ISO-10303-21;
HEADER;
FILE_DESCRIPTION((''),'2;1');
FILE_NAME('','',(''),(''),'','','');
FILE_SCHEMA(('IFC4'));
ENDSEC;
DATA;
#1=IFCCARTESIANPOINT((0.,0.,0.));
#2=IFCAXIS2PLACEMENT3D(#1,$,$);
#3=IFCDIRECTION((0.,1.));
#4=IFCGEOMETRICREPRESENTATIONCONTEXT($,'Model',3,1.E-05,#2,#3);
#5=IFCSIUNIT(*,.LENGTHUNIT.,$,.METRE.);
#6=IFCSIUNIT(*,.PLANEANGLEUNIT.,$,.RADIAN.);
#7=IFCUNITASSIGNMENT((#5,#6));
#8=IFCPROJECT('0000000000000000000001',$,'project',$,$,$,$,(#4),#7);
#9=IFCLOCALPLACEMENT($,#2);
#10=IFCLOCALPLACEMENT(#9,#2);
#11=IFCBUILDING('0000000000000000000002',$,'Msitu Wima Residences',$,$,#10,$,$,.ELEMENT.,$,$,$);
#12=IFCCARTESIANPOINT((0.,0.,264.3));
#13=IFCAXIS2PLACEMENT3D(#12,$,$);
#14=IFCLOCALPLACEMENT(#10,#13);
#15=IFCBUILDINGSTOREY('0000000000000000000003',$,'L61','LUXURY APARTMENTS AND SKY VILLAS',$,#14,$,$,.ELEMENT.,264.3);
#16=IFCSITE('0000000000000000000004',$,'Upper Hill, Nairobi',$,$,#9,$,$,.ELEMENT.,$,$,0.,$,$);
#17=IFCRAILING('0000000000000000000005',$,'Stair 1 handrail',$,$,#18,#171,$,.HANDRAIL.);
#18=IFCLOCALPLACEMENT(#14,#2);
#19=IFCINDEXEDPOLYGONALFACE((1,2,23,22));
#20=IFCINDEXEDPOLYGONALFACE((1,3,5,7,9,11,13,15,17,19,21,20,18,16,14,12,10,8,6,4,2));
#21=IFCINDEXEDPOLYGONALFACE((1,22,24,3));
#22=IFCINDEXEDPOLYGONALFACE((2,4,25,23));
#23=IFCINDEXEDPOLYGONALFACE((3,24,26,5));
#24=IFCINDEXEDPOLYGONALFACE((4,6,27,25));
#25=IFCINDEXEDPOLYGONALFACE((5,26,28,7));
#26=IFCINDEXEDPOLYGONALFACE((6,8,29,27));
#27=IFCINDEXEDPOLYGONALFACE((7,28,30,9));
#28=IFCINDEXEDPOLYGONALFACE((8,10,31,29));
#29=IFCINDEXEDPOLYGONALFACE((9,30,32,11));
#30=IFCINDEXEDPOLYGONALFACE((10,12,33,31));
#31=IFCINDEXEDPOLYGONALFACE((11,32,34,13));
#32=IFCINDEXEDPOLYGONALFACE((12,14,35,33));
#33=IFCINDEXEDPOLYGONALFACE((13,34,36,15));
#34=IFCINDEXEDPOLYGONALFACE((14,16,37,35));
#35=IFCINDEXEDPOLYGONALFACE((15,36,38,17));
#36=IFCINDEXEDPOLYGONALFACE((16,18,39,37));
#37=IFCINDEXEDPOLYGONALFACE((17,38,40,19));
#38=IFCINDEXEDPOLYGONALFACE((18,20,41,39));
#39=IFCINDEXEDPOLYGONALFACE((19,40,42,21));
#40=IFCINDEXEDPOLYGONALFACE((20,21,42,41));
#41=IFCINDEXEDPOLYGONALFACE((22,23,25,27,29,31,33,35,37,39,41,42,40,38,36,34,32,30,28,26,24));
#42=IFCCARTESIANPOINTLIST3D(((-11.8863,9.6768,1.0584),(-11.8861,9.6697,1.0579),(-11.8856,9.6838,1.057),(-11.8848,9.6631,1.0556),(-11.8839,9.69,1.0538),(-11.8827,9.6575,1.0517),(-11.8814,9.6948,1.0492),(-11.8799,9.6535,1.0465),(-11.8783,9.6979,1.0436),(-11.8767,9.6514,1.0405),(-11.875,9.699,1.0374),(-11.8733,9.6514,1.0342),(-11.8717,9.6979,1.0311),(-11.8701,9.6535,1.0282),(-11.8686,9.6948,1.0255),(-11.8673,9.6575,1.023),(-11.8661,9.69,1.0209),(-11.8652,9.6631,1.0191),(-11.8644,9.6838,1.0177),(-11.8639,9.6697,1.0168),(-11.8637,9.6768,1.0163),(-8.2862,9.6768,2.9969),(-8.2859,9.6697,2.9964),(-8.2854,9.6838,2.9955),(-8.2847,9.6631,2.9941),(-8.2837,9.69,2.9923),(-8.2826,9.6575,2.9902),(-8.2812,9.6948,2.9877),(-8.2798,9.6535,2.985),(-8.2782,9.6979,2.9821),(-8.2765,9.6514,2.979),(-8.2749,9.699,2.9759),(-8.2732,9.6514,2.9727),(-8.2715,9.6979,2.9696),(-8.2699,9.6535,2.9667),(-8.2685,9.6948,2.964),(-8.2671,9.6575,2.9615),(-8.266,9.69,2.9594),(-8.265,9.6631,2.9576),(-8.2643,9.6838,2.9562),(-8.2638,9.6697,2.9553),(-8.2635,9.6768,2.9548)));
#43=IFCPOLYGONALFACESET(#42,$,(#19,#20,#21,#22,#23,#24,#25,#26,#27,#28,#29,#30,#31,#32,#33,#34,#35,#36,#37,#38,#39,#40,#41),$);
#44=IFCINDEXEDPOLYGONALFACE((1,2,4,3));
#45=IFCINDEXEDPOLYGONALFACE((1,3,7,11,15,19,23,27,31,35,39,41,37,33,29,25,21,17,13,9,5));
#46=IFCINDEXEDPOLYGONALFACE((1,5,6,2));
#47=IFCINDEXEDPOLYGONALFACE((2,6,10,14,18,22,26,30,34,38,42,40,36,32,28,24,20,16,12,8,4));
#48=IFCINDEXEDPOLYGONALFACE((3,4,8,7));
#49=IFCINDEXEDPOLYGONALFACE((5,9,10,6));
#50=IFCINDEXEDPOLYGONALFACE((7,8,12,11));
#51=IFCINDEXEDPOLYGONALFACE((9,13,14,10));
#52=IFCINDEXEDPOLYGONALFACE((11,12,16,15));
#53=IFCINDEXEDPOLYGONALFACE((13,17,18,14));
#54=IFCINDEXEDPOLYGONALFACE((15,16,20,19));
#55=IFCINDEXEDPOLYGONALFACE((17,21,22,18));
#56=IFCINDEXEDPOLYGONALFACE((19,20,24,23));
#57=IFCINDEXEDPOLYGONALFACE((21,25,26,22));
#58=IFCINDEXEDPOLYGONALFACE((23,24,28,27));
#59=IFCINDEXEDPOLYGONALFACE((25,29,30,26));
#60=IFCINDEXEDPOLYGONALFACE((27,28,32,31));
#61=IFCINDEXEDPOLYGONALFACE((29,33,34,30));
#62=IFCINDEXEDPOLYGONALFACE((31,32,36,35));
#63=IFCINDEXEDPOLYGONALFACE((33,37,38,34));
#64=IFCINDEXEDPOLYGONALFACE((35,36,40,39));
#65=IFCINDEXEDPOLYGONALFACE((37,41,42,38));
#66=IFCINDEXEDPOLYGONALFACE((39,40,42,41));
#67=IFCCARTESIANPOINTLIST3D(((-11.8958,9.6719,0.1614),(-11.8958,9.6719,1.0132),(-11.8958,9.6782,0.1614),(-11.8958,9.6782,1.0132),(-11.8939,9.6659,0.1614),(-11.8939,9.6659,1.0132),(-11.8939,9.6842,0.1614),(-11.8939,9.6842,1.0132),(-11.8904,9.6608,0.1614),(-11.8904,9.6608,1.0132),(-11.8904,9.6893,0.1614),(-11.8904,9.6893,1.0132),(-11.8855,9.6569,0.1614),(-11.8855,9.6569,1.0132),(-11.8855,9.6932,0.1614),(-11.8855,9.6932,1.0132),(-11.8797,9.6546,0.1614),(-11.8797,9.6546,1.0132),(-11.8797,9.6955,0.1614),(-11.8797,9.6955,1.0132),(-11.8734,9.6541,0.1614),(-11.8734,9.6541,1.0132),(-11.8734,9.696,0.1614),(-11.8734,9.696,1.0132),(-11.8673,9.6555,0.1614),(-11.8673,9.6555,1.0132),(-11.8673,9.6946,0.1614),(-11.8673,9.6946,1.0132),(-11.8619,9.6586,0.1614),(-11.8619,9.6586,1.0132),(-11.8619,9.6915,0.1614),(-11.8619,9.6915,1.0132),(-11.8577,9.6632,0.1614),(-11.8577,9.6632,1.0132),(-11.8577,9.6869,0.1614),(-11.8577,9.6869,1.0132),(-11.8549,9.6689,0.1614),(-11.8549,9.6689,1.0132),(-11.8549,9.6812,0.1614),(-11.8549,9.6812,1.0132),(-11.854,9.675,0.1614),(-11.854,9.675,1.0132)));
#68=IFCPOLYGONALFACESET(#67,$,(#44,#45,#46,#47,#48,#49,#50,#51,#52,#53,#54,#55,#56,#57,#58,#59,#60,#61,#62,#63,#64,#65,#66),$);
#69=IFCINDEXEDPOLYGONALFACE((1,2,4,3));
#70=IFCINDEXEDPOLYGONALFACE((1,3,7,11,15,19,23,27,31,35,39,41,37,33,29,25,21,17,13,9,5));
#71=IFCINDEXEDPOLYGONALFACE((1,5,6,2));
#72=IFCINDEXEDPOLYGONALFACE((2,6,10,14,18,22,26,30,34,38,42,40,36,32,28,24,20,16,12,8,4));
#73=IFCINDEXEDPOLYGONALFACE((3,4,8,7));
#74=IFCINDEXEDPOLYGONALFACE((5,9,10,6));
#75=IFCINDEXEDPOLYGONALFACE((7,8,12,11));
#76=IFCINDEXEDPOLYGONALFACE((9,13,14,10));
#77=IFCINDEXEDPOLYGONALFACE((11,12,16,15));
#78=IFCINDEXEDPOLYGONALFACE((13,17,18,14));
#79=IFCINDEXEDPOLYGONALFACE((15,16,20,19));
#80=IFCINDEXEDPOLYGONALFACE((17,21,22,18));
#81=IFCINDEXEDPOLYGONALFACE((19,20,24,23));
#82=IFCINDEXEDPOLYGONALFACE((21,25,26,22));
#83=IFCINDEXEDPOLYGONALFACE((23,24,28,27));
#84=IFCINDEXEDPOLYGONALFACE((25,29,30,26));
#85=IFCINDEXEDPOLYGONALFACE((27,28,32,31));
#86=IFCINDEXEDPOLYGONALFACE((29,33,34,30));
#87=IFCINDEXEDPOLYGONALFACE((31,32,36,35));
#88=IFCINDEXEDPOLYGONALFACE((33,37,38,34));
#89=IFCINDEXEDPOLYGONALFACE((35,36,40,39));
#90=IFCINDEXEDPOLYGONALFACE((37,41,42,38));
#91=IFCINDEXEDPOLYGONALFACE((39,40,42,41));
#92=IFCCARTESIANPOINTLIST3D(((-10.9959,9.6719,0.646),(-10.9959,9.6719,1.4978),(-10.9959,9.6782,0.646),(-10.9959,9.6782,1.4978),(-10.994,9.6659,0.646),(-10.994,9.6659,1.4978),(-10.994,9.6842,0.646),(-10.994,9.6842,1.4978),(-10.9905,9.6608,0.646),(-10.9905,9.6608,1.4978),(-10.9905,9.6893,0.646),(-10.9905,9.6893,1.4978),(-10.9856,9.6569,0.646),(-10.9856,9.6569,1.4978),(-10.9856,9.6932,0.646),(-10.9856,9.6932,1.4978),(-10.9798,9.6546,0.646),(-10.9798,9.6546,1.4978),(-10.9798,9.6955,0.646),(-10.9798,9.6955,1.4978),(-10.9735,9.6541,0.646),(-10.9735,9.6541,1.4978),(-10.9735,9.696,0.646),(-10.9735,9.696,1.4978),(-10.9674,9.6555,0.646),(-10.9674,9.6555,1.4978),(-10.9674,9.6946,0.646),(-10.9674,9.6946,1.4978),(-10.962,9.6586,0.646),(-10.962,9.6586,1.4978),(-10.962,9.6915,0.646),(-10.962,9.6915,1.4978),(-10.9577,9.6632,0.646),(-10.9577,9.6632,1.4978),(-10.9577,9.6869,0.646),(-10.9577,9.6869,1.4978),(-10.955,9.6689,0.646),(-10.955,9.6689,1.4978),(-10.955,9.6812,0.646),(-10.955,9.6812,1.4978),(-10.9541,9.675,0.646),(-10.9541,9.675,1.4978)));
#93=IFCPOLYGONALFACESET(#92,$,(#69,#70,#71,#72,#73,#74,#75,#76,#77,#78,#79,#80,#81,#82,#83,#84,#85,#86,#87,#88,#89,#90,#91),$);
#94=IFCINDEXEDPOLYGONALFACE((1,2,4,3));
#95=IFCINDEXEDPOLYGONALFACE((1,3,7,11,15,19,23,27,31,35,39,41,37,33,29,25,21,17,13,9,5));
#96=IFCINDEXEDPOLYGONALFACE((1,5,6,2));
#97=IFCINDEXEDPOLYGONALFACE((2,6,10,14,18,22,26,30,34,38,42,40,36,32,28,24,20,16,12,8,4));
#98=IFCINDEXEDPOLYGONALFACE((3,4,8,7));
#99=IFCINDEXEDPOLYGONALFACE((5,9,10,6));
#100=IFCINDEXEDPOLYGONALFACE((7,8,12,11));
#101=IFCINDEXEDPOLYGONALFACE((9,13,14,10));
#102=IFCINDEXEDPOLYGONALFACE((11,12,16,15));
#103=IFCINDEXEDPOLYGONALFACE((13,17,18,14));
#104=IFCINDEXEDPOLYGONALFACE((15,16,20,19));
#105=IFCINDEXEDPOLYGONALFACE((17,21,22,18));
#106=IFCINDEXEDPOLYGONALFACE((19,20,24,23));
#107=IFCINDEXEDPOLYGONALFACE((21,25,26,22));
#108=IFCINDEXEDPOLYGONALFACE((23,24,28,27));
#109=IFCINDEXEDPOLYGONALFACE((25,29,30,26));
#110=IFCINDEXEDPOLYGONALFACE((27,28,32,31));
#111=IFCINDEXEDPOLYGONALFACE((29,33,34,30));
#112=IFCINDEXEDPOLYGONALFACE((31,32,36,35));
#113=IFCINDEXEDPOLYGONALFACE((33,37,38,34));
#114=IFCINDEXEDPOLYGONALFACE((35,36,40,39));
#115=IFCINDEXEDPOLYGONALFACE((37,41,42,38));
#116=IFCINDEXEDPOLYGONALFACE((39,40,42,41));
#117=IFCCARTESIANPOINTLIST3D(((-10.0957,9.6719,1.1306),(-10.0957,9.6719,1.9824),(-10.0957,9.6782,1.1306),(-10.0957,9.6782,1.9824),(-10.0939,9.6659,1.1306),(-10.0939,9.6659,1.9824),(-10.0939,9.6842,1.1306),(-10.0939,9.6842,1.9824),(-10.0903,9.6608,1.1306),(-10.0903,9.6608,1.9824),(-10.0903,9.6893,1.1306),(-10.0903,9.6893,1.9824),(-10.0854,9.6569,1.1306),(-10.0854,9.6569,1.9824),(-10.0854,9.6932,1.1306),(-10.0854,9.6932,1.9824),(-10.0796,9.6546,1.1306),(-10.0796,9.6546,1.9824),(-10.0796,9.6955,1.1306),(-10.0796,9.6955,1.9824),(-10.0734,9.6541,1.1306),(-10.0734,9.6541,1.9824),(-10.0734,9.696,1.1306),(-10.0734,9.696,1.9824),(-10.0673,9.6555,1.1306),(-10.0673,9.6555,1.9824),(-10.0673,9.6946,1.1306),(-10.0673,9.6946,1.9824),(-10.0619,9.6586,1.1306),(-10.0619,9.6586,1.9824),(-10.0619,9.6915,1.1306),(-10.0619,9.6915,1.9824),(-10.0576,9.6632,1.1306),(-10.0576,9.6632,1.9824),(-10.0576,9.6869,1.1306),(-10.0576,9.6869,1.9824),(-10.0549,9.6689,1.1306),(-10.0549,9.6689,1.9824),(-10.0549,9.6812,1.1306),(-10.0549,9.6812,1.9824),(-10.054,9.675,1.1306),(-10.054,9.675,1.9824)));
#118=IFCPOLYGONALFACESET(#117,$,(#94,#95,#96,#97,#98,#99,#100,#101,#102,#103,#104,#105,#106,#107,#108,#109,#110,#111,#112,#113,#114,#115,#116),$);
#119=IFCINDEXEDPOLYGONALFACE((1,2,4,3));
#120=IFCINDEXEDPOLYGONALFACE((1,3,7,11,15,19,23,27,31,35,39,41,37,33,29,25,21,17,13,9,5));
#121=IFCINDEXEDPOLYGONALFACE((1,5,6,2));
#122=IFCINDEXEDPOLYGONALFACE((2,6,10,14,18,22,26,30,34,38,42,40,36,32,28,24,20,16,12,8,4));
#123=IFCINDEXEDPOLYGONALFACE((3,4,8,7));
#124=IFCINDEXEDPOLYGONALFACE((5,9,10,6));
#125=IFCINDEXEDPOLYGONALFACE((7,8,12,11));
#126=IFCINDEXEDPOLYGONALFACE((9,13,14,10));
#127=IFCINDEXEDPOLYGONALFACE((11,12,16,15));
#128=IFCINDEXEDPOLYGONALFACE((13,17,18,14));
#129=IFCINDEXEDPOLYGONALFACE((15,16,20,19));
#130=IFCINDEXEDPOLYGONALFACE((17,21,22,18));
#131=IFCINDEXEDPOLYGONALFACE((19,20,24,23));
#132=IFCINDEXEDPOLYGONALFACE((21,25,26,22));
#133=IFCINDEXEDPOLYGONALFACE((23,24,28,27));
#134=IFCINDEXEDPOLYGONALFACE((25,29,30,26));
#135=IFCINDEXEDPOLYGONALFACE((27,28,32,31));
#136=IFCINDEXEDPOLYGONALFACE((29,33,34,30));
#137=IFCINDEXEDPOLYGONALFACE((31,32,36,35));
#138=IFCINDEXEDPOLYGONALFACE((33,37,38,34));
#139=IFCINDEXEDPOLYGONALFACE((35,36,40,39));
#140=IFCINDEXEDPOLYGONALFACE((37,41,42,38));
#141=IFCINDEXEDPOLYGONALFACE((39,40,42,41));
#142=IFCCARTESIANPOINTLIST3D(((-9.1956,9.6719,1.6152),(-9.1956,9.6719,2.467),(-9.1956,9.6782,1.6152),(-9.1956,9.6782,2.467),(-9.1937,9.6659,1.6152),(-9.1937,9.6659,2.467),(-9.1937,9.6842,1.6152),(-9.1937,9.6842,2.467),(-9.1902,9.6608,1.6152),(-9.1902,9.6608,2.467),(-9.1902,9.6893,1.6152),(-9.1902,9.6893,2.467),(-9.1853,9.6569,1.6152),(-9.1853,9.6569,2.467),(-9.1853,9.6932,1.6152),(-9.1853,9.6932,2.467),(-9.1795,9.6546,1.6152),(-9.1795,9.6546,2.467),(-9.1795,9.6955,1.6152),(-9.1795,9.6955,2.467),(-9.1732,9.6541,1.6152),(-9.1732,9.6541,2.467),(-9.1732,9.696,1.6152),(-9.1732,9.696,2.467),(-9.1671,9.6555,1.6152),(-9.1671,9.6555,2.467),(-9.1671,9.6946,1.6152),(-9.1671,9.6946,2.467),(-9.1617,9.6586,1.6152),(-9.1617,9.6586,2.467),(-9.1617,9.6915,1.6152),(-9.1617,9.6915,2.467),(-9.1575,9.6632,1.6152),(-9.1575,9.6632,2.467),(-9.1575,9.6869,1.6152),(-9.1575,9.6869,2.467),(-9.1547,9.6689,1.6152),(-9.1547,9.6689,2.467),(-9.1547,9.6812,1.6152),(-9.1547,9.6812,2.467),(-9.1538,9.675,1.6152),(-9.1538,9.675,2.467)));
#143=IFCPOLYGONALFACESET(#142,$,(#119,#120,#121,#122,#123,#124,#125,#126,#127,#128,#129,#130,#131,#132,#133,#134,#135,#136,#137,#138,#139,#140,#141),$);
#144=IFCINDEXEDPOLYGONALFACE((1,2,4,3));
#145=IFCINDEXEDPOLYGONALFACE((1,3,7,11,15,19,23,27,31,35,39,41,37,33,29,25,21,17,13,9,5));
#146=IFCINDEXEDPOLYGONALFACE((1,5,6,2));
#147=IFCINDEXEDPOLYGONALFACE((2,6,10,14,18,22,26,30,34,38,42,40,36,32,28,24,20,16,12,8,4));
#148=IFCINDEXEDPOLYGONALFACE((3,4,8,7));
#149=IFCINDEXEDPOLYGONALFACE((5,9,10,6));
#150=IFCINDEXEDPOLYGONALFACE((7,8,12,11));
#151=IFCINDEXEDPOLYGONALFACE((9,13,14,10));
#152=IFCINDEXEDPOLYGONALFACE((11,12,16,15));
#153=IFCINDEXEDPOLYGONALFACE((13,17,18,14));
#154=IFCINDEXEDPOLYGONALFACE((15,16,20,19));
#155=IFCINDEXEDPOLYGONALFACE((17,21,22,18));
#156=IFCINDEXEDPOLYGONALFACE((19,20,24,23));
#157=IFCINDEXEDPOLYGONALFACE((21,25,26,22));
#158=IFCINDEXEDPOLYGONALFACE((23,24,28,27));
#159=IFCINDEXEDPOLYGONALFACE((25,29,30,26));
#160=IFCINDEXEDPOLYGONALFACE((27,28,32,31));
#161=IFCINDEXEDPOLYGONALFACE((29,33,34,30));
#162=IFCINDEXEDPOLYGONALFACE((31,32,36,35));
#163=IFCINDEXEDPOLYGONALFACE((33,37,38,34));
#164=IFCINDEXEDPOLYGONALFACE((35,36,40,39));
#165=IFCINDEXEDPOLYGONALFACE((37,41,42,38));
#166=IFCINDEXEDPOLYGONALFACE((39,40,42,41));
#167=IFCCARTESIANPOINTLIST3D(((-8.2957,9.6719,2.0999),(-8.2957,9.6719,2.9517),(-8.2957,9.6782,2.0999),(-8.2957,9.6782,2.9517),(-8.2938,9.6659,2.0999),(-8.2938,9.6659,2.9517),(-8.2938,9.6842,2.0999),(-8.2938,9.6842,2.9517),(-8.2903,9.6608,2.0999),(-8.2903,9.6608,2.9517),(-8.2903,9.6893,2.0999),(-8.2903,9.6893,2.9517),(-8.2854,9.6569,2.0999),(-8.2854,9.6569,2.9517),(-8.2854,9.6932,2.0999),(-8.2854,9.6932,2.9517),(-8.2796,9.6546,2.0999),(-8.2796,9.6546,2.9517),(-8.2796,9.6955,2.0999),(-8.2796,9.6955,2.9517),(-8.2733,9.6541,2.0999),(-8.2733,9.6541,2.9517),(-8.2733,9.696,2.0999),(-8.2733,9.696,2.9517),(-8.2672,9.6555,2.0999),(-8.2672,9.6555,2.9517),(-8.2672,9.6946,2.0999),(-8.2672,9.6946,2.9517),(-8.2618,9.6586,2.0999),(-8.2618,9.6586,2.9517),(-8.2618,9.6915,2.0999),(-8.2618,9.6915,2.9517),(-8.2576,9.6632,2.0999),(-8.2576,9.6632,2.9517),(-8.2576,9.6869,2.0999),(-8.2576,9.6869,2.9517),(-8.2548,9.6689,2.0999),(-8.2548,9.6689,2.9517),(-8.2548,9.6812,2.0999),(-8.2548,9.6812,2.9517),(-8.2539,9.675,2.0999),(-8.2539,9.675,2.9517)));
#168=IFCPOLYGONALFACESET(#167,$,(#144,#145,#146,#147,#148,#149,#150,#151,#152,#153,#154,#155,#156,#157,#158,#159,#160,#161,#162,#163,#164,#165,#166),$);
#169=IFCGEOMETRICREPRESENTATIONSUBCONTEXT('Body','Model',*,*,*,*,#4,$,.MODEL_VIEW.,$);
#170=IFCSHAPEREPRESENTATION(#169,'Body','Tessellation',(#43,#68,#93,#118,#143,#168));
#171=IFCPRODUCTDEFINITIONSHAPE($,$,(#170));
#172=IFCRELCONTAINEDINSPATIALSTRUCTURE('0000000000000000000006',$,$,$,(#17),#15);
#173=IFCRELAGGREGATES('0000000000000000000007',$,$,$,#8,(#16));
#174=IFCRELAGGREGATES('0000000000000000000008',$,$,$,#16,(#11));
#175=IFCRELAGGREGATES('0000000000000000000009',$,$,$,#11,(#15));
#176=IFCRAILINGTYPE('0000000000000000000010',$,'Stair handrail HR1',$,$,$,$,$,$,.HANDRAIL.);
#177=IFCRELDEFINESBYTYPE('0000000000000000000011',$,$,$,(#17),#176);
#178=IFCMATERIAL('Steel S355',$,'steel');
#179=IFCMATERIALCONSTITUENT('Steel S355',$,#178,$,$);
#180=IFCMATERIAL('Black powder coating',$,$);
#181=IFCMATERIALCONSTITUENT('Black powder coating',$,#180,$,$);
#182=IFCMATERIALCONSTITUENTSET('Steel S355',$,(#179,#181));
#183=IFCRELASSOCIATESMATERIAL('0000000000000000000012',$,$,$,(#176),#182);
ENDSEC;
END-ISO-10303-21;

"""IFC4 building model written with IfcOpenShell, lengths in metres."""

from ifc_helpers import new_model, si_unit, direction, frame, origin, origin_2d, place, context, subcontext, project, spatial, circle, extrude, material, constituent, constituent_set, type_object, element, save


model = new_model("IFC4")

# Units and contexts
model_context = context("Model", 3, precision=1e-05, world=origin(), true_north=direction((0.0, 1.0)))
body_context = subcontext(model_context, "Body", "Model", "MODEL_VIEW")
ifc_project = project(units=[si_unit("LENGTHUNIT", "METRE"), si_unit("PLANEANGLEUNIT", "RADIAN")], contexts=[model_context])

# Site, building, storey
site_placement = place(None, origin())
site = spatial("IfcSite", under=ifc_project, at=site_placement, Name="Upper Hill, Nairobi", CompositionType="ELEMENT", RefElevation=0.0)
building_placement = place(site_placement, origin())
building = spatial("IfcBuilding", under=site, at=building_placement, Name="Msitu Wima Residences", CompositionType="ELEMENT")
storey_placement = place(building_placement, frame((0.0, 0.0, 264.3)))
storey = spatial("IfcBuildingStorey", under=building, at=storey_placement, Name="L61", Description="LUXURY APARTMENTS AND SKY VILLAS", CompositionType="ELEMENT", Elevation=264.3)

# Railing
ifc_material_1 = material(Name="Steel S355", Category="steel")
ifc_constituent_1 = constituent(ifc_material_1, Name="Steel S355")
ifc_material_2 = material(Name="Black powder coating")
ifc_constituent_2 = constituent(ifc_material_2, Name="Black powder coating")
ifc_constituent_set = constituent_set(constituents=[ifc_constituent_1, ifc_constituent_2], Name="Steel S355")
railing_type = type_object("IfcRailingType", Name="Stair handrail HR1", PredefinedType="HANDRAIL", material=ifc_constituent_set)
for number, where, name in (
    (1, (-11.875, 9.675, 0.1614), "Stair 1 handrail"),
):
    element("IfcRailing", number, at=place(storey_placement, frame(where)), inside=storey, type_object=railing_type, Name=name, PredefinedType="HANDRAIL", context=body_context, shape_type="SweptSolid", body=[
        extrude(circle(Radius=0.0239, at=origin_2d()), frame((0.0, 0.0, 0.876), z_axis=(0.880475, 0.0, 0.474093), x_axis=(0.0, 1.0, 0.0)), (0.0, 0.0, 1.0), 4.0889),
        extrude(circle(Radius=0.021, at=origin_2d()), origin(), (0.0, 0.0, 1.0), 0.8518),
        extrude(circle(Radius=0.021, at=origin_2d()), frame((0.8999, 0.0, 0.4846)), (0.0, 0.0, 1.0), 0.8518),
        extrude(circle(Radius=0.021, at=origin_2d()), frame((1.8, 0.0, 0.9692)), (0.0, 0.0, 1.0), 0.8518),
        extrude(circle(Radius=0.021, at=origin_2d()), frame((2.7002, 0.0, 1.4539)), (0.0, 0.0, 1.0), 0.8518),
        extrude(circle(Radius=0.021, at=origin_2d()), frame((3.6001, 0.0, 1.9385)), (0.0, 0.0, 1.0), 0.8518),
    ])

save(model, "model.ifc")
